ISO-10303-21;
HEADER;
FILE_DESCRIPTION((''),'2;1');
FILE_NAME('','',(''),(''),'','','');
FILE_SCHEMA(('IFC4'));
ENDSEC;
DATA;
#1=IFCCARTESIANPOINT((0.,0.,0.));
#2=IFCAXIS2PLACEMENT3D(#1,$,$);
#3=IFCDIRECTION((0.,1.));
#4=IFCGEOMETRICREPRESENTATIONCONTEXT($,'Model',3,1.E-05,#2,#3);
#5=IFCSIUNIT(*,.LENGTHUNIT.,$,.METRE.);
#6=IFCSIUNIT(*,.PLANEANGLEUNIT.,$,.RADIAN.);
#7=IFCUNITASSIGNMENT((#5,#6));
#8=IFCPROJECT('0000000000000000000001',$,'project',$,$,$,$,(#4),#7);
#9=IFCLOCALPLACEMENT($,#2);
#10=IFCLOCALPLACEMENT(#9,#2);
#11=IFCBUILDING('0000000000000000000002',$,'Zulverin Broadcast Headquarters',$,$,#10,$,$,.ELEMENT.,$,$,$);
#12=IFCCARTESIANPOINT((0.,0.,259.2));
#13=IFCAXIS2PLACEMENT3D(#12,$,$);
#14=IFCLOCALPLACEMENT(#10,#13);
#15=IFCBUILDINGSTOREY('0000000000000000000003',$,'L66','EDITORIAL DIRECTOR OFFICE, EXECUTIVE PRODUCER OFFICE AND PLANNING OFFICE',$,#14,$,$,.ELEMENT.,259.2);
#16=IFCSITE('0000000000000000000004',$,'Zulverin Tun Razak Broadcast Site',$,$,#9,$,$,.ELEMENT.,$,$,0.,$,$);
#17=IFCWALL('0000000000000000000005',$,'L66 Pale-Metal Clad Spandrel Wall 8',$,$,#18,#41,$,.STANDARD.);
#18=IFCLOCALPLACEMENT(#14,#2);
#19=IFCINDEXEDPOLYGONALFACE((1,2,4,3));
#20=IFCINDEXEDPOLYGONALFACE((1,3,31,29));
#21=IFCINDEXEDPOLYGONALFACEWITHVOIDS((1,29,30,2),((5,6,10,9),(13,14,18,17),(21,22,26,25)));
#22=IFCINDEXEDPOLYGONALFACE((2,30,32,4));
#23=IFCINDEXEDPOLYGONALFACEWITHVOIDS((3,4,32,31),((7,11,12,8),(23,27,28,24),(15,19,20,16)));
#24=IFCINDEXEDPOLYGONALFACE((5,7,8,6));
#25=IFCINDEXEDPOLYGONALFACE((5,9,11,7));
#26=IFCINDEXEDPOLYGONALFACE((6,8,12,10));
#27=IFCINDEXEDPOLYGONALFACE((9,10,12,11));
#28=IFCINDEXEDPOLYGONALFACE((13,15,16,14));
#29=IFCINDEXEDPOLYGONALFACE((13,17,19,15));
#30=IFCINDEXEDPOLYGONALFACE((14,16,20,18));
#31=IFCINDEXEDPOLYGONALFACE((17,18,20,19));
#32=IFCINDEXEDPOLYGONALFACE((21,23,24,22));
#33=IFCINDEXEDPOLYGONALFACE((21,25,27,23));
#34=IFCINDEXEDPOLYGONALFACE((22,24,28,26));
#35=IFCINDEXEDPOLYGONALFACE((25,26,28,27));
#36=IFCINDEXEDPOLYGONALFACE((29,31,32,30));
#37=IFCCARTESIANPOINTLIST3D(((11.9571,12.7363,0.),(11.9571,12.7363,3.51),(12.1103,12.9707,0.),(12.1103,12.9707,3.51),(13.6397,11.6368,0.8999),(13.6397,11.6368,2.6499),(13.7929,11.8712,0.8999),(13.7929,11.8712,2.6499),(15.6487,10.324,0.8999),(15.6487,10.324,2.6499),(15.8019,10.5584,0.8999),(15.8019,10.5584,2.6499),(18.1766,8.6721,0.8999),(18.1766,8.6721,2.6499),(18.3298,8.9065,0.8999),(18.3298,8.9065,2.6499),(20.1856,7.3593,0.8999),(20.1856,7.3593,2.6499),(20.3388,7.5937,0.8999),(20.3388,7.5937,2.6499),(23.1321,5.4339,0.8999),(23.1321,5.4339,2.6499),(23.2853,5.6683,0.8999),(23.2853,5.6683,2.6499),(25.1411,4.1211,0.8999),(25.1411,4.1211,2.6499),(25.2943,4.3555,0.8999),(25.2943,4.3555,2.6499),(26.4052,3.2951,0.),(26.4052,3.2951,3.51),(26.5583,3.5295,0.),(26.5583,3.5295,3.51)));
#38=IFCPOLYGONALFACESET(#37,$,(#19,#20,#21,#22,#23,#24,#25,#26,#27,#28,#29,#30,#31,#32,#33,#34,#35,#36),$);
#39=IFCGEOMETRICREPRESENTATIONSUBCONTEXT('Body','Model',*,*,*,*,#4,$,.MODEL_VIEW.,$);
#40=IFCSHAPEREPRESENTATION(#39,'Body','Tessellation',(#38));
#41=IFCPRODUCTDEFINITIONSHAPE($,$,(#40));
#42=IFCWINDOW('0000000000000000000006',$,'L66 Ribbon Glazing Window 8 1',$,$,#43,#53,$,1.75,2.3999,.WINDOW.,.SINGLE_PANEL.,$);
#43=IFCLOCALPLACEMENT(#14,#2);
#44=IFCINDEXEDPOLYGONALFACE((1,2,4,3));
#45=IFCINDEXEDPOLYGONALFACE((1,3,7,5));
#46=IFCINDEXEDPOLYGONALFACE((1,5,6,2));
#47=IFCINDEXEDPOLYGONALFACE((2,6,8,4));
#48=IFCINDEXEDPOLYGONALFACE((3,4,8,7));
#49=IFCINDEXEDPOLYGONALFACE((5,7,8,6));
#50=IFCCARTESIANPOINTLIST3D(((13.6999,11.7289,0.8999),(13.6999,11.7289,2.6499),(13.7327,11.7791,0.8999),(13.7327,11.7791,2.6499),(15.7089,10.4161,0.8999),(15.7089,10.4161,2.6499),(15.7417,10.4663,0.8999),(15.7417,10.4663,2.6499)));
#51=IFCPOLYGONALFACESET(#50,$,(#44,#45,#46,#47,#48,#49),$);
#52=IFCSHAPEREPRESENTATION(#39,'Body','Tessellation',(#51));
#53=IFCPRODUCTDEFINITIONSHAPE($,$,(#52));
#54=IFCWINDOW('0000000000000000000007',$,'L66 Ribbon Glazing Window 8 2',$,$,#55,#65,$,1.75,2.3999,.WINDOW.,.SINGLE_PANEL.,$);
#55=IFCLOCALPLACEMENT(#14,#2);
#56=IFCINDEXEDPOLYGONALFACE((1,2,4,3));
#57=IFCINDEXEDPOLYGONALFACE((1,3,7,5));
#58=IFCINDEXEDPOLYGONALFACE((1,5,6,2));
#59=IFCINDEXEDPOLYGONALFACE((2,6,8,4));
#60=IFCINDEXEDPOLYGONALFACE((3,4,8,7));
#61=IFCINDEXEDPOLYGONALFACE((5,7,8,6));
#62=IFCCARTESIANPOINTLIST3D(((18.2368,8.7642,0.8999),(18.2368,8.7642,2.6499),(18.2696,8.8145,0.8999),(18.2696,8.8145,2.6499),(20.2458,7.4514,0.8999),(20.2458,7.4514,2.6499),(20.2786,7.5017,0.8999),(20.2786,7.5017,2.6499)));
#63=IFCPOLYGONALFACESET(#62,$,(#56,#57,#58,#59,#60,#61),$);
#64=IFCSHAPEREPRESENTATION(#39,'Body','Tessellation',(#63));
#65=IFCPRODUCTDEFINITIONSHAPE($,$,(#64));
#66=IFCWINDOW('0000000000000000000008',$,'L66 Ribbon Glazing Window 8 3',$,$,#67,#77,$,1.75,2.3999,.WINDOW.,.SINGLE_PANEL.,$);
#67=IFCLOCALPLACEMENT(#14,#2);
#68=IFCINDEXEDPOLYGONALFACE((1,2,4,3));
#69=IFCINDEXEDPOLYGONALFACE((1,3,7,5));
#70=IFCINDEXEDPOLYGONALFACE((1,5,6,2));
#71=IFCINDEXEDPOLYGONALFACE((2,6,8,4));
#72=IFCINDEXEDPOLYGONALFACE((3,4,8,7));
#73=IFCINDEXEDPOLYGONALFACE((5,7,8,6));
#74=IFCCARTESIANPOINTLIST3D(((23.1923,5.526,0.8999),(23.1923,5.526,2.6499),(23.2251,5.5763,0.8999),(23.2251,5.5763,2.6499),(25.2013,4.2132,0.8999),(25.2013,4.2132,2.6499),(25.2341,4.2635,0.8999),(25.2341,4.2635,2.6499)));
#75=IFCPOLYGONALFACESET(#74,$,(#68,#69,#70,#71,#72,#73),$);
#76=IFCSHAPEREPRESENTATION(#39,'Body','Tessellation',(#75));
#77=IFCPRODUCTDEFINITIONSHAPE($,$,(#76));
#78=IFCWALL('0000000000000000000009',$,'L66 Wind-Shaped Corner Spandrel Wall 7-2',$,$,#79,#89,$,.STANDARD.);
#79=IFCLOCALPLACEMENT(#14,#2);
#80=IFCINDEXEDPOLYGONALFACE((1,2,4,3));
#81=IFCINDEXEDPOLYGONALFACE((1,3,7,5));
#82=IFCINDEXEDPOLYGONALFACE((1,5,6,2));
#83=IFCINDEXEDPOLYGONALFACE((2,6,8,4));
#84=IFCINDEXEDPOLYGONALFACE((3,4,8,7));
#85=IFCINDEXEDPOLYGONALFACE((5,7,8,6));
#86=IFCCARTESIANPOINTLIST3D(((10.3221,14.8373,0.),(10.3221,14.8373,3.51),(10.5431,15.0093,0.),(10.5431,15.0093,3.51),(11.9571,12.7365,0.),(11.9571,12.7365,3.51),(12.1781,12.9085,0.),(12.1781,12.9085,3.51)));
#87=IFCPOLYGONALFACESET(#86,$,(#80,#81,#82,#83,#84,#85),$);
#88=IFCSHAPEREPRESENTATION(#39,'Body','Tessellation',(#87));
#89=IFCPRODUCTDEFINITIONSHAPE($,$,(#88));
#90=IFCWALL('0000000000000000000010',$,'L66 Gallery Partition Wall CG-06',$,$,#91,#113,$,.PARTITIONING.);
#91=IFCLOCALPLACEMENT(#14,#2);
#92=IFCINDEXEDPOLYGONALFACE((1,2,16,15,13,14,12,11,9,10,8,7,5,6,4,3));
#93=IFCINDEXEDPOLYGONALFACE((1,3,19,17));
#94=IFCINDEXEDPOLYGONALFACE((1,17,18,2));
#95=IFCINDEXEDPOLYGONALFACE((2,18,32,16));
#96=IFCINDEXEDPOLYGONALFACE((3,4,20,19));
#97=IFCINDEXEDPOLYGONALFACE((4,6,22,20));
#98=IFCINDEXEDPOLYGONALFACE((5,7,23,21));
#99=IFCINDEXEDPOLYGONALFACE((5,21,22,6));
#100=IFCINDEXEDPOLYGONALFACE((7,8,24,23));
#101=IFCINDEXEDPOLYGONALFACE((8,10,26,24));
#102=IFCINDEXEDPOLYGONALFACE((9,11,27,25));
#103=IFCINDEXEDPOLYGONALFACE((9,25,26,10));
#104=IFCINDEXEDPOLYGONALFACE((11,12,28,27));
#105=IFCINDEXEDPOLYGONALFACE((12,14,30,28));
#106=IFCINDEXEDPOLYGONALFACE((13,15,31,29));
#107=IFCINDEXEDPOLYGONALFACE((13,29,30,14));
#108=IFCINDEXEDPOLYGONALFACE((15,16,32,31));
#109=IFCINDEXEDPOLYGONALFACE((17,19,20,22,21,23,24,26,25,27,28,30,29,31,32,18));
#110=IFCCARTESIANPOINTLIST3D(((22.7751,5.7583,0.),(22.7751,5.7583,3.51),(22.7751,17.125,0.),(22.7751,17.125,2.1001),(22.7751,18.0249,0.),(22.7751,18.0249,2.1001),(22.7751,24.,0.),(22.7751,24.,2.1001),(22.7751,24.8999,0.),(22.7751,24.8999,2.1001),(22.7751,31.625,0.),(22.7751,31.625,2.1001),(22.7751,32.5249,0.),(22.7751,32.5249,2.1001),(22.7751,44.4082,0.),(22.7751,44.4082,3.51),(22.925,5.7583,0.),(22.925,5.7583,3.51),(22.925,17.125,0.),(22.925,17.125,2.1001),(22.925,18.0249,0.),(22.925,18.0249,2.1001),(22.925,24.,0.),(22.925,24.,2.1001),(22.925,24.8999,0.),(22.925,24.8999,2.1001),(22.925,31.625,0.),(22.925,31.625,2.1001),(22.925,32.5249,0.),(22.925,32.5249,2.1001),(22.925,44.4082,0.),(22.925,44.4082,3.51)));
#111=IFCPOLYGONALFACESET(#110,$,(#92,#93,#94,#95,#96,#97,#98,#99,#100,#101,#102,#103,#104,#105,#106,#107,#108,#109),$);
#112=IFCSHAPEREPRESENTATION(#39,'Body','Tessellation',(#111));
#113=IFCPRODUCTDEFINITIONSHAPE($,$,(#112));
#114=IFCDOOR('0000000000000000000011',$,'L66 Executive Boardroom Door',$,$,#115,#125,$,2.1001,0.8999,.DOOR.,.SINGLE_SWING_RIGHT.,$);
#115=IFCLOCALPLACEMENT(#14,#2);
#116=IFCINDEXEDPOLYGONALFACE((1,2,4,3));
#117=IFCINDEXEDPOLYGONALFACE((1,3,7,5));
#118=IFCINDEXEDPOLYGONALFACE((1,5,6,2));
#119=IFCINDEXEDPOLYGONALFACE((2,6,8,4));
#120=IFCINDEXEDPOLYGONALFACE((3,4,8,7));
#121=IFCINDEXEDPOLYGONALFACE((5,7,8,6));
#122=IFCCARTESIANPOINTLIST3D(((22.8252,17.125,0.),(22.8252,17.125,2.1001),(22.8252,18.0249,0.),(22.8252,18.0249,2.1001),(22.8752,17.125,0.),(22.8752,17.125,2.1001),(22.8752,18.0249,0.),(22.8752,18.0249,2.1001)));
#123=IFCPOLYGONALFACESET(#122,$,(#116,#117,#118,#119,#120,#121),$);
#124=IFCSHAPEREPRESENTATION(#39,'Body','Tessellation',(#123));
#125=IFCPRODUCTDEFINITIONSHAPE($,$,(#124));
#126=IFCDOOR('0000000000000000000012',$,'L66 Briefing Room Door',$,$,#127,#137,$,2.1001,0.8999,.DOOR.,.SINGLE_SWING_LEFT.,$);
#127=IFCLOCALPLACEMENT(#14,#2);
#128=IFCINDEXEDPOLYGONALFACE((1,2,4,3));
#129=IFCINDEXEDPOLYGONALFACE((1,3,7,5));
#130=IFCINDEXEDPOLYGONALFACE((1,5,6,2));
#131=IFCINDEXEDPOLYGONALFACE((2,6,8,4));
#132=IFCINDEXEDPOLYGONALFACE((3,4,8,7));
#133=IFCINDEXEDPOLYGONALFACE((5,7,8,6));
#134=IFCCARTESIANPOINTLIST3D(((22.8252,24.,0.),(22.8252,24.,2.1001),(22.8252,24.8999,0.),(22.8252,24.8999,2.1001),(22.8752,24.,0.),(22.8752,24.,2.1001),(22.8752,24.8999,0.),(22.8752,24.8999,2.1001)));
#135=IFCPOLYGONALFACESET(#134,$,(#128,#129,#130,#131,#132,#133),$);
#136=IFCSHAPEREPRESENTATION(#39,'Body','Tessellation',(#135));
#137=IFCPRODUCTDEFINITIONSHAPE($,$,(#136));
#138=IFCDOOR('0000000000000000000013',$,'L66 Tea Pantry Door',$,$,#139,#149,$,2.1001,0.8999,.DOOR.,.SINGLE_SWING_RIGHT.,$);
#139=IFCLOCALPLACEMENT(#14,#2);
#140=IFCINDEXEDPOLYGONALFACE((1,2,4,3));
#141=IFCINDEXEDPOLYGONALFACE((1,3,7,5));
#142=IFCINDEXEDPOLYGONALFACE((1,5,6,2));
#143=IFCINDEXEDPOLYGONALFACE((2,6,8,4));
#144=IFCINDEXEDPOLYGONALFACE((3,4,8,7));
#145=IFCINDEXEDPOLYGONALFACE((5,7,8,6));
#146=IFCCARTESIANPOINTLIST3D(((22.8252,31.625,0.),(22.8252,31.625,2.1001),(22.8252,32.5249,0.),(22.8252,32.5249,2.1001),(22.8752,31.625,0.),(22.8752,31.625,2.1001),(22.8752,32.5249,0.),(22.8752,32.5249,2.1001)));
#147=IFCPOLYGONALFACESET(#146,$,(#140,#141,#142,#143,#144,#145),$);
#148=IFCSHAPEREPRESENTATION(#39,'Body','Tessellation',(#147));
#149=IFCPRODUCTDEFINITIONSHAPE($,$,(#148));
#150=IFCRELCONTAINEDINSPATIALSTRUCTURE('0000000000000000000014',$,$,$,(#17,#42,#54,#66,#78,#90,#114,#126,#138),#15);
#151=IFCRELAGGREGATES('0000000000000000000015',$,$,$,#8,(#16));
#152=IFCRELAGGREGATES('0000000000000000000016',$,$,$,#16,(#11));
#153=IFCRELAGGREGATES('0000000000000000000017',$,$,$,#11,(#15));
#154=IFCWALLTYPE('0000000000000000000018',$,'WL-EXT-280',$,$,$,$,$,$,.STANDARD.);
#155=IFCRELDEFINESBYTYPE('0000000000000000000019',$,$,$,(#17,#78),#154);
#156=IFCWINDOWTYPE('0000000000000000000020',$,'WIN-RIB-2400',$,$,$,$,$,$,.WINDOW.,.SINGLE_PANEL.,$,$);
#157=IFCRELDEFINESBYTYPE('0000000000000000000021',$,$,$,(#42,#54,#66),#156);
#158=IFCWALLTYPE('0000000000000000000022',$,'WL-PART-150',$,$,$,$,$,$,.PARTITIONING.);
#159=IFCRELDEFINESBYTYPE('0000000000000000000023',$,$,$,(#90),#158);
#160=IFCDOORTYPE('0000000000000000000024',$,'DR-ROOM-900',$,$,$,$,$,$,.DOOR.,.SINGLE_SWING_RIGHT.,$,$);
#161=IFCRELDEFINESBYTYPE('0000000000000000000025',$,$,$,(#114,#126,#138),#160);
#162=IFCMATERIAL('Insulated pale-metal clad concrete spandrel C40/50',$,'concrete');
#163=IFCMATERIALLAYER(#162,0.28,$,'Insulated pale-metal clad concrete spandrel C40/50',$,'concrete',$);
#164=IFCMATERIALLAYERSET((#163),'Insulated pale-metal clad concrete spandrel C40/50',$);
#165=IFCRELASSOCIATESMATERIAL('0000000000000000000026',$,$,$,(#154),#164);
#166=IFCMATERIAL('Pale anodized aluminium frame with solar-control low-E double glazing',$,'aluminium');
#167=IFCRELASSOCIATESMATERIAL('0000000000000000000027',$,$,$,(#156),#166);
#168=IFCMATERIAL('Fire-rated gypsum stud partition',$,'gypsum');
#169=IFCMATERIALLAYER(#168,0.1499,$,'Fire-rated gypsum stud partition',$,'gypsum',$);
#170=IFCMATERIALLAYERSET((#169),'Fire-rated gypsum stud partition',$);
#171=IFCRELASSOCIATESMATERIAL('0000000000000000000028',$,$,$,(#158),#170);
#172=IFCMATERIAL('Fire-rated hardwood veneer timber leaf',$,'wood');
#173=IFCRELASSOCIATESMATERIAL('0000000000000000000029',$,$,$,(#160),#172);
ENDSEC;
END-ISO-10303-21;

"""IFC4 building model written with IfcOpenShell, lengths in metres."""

from ifc_helpers import new_model, si_unit, direction, frame, frame_2d, origin, place, context, subcontext, project, spatial, rectangle, extrude, material, layer, layer_set, type_object, element, fill, save


model = new_model("IFC4")

# Units and contexts
model_context = context("Model", 3, precision=1e-05, world=origin(), true_north=direction((0.0, 1.0)))
body_context = subcontext(model_context, "Body", "Model", "MODEL_VIEW")
ifc_project = project(units=[si_unit("LENGTHUNIT", "METRE"), si_unit("PLANEANGLEUNIT", "RADIAN")], contexts=[model_context])

# Site, building, storey
site_placement = place(None, origin())
site = spatial("IfcSite", under=ifc_project, at=site_placement, Name="Zulverin Tun Razak Broadcast Site", CompositionType="ELEMENT", RefElevation=0.0)
building_placement = place(site_placement, origin())
building = spatial("IfcBuilding", under=site, at=building_placement, Name="Zulverin Broadcast Headquarters", CompositionType="ELEMENT")
storey_placement = place(building_placement, frame((0.0, 0.0, 259.2)))
storey = spatial("IfcBuildingStorey", under=building, at=storey_placement, Name="L66", Description="EDITORIAL DIRECTOR OFFICE, EXECUTIVE PRODUCER OFFICE AND PLANNING OFFICE", CompositionType="ELEMENT", Elevation=259.2)

# Wall, openings, windows
ifc_material_1 = material(Name="Insulated pale-metal clad concrete spandrel C40/50", Category="concrete")
ifc_layer_1 = layer(ifc_material_1, 0.28, Name="Insulated pale-metal clad concrete spandrel C40/50", Category="concrete")
ifc_layer_set_1 = layer_set([ifc_layer_1], Name="Insulated pale-metal clad concrete spandrel C40/50")
wall_type_1 = type_object("IfcWallType", Name="WL-EXT-280", PredefinedType="STANDARD", material=ifc_layer_set_1)
wall_1_placement = place(storey_placement, frame((12.0337, 12.8535, 0.0), z_axis=(0.0, 0.0, 1.0), x_axis=(0.837118, -0.547022, 0.0)))
wall_1 = element("IfcWall", 1, at=wall_1_placement, inside=storey, type_object=wall_type_1, Name="L66 Pale-Metal Clad Spandrel Wall 8", PredefinedType="STANDARD", context=body_context, shape_type="SweptSolid", body=[
    extrude(rectangle(XDim=17.2593, YDim=0.28, at=frame_2d((8.6296, 0.0))), origin(), (0.0, 0.0, 1.0), 3.51),
])
opening_1_placement = place(wall_1_placement, frame((2.01, 0.0, 0.8999)))
opening_1 = element("IfcOpeningElement", 2, at=opening_1_placement, cuts=wall_1, PredefinedType="OPENING", context=body_context, shape_type="SweptSolid", body=[
    extrude(rectangle(XDim=2.3999, YDim=1.75, at=frame_2d((1.2, 0.875))), frame((0.0, 0.1499, 0.0), z_axis=(0.0, -1.0, 0.0), x_axis=(1.0, 0.0, 0.0)), (0.0, 0.0, 1.0), 0.3),
])
opening_2_placement = place(wall_1_placement, frame((7.4297, 0.0, 0.8999)))
opening_2 = element("IfcOpeningElement", 3, at=opening_2_placement, cuts=wall_1, PredefinedType="OPENING", context=body_context, shape_type="SweptSolid", body=[
    extrude(rectangle(XDim=2.3999, YDim=1.75, at=frame_2d((1.2, 0.875))), frame((0.0, 0.1499, 0.0), z_axis=(0.0, -1.0, 0.0), x_axis=(1.0, 0.0, 0.0)), (0.0, 0.0, 1.0), 0.3),
])
opening_3_placement = place(wall_1_placement, frame((13.3494, 0.0, 0.8999)))
opening_3 = element("IfcOpeningElement", 4, at=opening_3_placement, cuts=wall_1, PredefinedType="OPENING", context=body_context, shape_type="SweptSolid", body=[
    extrude(rectangle(XDim=2.3999, YDim=1.75, at=frame_2d((1.2, 0.875))), frame((0.0, 0.1499, 0.0), z_axis=(0.0, -1.0, 0.0), x_axis=(1.0, 0.0, 0.0)), (0.0, 0.0, 1.0), 0.3),
])
ifc_material_2 = material(Name="Pale anodized aluminium frame with solar-control low-E double glazing", Category="aluminium")
window_type = type_object("IfcWindowType", Name="WIN-RIB-2400", PartitioningType="SINGLE_PANEL", PredefinedType="WINDOW", material=ifc_material_2)
window_1_placement = place(opening_1_placement, origin())
window_1 = element("IfcWindow", 5, at=window_1_placement, inside=storey, type_object=window_type, Name="L66 Ribbon Glazing Window 8 1", OverallHeight=1.75, OverallWidth=2.3999, PartitioningType="SINGLE_PANEL", PredefinedType="WINDOW", context=body_context, shape_type="SweptSolid", body=[
    extrude(rectangle(XDim=2.3999, YDim=1.75, at=frame_2d((1.2, 0.875))), frame((0.0, 0.03, 0.0), z_axis=(0.0, -1.0, 0.0), x_axis=(1.0, 0.0, 0.0)), (0.0, 0.0, 1.0), 0.0601),
])
fill(opening_1, window_1)
window_2_placement = place(opening_2_placement, origin())
window_2 = element("IfcWindow", 6, at=window_2_placement, inside=storey, type_object=window_type, Name="L66 Ribbon Glazing Window 8 2", OverallHeight=1.75, OverallWidth=2.3999, PartitioningType="SINGLE_PANEL", PredefinedType="WINDOW", context=body_context, shape_type="SweptSolid", body=[
    extrude(rectangle(XDim=2.3999, YDim=1.75, at=frame_2d((1.2, 0.875))), frame((0.0, 0.03, 0.0), z_axis=(0.0, -1.0, 0.0), x_axis=(1.0, 0.0, 0.0)), (0.0, 0.0, 1.0), 0.0601),
])
fill(opening_2, window_2)
window_3_placement = place(opening_3_placement, origin())
window_3 = element("IfcWindow", 7, at=window_3_placement, inside=storey, type_object=window_type, Name="L66 Ribbon Glazing Window 8 3", OverallHeight=1.75, OverallWidth=2.3999, PartitioningType="SINGLE_PANEL", PredefinedType="WINDOW", context=body_context, shape_type="SweptSolid", body=[
    extrude(rectangle(XDim=2.3999, YDim=1.75, at=frame_2d((1.2, 0.875))), frame((0.0, 0.03, 0.0), z_axis=(0.0, -1.0, 0.0), x_axis=(1.0, 0.0, 0.0)), (0.0, 0.0, 1.0), 0.0601),
])
fill(opening_3, window_3)

# Wall
wall_2_placement = place(storey_placement, frame((10.4326, 14.9233, 0.0), z_axis=(0.0, 0.0, 1.0), x_axis=(0.614182, -0.789165, 0.0)))
element("IfcWall", 8, at=wall_2_placement, inside=storey, type_object=wall_type_1, Name="L66 Wind-Shaped Corner Spandrel Wall 7-2", PredefinedType="STANDARD", context=body_context, shape_type="SweptSolid", body=[
    extrude(rectangle(XDim=2.6621, YDim=0.28, at=frame_2d((1.3311, 0.0))), origin(), (0.0, 0.0, 1.0), 3.51),
])

# Wall, openings, doors
ifc_material_3 = material(Name="Fire-rated gypsum stud partition", Category="gypsum")
ifc_layer_2 = layer(ifc_material_3, 0.1499, Name="Fire-rated gypsum stud partition", Category="gypsum")
ifc_layer_set_2 = layer_set([ifc_layer_2], Name="Fire-rated gypsum stud partition")
wall_type_2 = type_object("IfcWallType", Name="WL-PART-150", PredefinedType="PARTITIONING", material=ifc_layer_set_2)
wall_3_placement = place(storey_placement, frame((22.8501, 5.7583, 0.0), z_axis=(0.0, 0.0, 1.0), x_axis=(0.0, 1.0, 0.0)))
wall_3 = element("IfcWall", 9, at=wall_3_placement, inside=storey, type_object=wall_type_2, Name="L66 Gallery Partition Wall CG-06", PredefinedType="PARTITIONING", context=body_context, shape_type="SweptSolid", body=[
    extrude(rectangle(XDim=38.6499, YDim=0.1499, at=frame_2d((19.325, 0.0))), origin(), (0.0, 0.0, 1.0), 3.51),
])
opening_4_placement = place(wall_3_placement, frame((11.3667, 0.0, 0.0)))
opening_4 = element("IfcOpeningElement", 10, at=opening_4_placement, cuts=wall_3, PredefinedType="OPENING", context=body_context, shape_type="SweptSolid", body=[
    extrude(rectangle(XDim=0.8999, YDim=2.1001, at=frame_2d((0.45, 1.05))), frame((0.0, 0.085, 0.0), z_axis=(0.0, -1.0, 0.0), x_axis=(1.0, 0.0, 0.0)), (0.0, 0.0, 1.0), 0.1699),
])
opening_5_placement = place(wall_3_placement, frame((18.2417, 0.0, 0.0)))
opening_5 = element("IfcOpeningElement", 11, at=opening_5_placement, cuts=wall_3, PredefinedType="OPENING", context=body_context, shape_type="SweptSolid", body=[
    extrude(rectangle(XDim=0.8999, YDim=2.1001, at=frame_2d((0.45, 1.05))), frame((0.0, 0.085, 0.0), z_axis=(0.0, -1.0, 0.0), x_axis=(1.0, 0.0, 0.0)), (0.0, 0.0, 1.0), 0.1699),
])
opening_6_placement = place(wall_3_placement, frame((25.8667, 0.0, 0.0)))
opening_6 = element("IfcOpeningElement", 12, at=opening_6_placement, cuts=wall_3, PredefinedType="OPENING", context=body_context, shape_type="SweptSolid", body=[
    extrude(rectangle(XDim=0.8999, YDim=2.1001, at=frame_2d((0.45, 1.05))), frame((0.0, 0.085, 0.0), z_axis=(0.0, -1.0, 0.0), x_axis=(1.0, 0.0, 0.0)), (0.0, 0.0, 1.0), 0.1699),
])
ifc_material_4 = material(Name="Fire-rated hardwood veneer timber leaf", Category="wood")
door_type_1 = type_object("IfcDoorType", Name="DR-ROOM-900", OperationType="SINGLE_SWING_RIGHT", PredefinedType="DOOR", material=ifc_material_4)
door_1_placement = place(opening_4_placement, origin())
door_1 = element("IfcDoor", 13, at=door_1_placement, inside=storey, type_object=door_type_1, Name="L66 Executive Boardroom Door", OperationType="SINGLE_SWING_RIGHT", OverallHeight=2.1001, OverallWidth=0.8999, PredefinedType="DOOR", context=body_context, shape_type="SweptSolid", body=[
    extrude(rectangle(XDim=0.8999, YDim=2.1001, at=frame_2d((0.45, 1.05))), frame((0.0, 0.0249, 0.0), z_axis=(0.0, -1.0, 0.0), x_axis=(1.0, 0.0, 0.0)), (0.0, 0.0, 1.0), 0.05),
])
fill(opening_4, door_1)
door_2_placement = place(opening_5_placement, origin())
door_2 = element("IfcDoor", 14, at=door_2_placement, inside=storey, type_object=door_type_1, Name="L66 Briefing Room Door", OperationType="SINGLE_SWING_LEFT", OverallHeight=2.1001, OverallWidth=0.8999, PredefinedType="DOOR", context=body_context, shape_type="SweptSolid", body=[
    extrude(rectangle(XDim=0.8999, YDim=2.1001, at=frame_2d((0.45, 1.05))), frame((0.0, 0.0249, 0.0), z_axis=(0.0, -1.0, 0.0), x_axis=(1.0, 0.0, 0.0)), (0.0, 0.0, 1.0), 0.05),
])
fill(opening_5, door_2)
door_3_placement = place(opening_6_placement, origin())
door_3 = element("IfcDoor", 15, at=door_3_placement, inside=storey, type_object=door_type_1, Name="L66 Tea Pantry Door", OperationType="SINGLE_SWING_RIGHT", OverallHeight=2.1001, OverallWidth=0.8999, PredefinedType="DOOR", context=body_context, shape_type="SweptSolid", body=[
    extrude(rectangle(XDim=0.8999, YDim=2.1001, at=frame_2d((0.45, 1.05))), frame((0.0, 0.0249, 0.0), z_axis=(0.0, -1.0, 0.0), x_axis=(1.0, 0.0, 0.0)), (0.0, 0.0, 1.0), 0.05),
])
fill(opening_6, door_3)

save(model, "model.ifc")
